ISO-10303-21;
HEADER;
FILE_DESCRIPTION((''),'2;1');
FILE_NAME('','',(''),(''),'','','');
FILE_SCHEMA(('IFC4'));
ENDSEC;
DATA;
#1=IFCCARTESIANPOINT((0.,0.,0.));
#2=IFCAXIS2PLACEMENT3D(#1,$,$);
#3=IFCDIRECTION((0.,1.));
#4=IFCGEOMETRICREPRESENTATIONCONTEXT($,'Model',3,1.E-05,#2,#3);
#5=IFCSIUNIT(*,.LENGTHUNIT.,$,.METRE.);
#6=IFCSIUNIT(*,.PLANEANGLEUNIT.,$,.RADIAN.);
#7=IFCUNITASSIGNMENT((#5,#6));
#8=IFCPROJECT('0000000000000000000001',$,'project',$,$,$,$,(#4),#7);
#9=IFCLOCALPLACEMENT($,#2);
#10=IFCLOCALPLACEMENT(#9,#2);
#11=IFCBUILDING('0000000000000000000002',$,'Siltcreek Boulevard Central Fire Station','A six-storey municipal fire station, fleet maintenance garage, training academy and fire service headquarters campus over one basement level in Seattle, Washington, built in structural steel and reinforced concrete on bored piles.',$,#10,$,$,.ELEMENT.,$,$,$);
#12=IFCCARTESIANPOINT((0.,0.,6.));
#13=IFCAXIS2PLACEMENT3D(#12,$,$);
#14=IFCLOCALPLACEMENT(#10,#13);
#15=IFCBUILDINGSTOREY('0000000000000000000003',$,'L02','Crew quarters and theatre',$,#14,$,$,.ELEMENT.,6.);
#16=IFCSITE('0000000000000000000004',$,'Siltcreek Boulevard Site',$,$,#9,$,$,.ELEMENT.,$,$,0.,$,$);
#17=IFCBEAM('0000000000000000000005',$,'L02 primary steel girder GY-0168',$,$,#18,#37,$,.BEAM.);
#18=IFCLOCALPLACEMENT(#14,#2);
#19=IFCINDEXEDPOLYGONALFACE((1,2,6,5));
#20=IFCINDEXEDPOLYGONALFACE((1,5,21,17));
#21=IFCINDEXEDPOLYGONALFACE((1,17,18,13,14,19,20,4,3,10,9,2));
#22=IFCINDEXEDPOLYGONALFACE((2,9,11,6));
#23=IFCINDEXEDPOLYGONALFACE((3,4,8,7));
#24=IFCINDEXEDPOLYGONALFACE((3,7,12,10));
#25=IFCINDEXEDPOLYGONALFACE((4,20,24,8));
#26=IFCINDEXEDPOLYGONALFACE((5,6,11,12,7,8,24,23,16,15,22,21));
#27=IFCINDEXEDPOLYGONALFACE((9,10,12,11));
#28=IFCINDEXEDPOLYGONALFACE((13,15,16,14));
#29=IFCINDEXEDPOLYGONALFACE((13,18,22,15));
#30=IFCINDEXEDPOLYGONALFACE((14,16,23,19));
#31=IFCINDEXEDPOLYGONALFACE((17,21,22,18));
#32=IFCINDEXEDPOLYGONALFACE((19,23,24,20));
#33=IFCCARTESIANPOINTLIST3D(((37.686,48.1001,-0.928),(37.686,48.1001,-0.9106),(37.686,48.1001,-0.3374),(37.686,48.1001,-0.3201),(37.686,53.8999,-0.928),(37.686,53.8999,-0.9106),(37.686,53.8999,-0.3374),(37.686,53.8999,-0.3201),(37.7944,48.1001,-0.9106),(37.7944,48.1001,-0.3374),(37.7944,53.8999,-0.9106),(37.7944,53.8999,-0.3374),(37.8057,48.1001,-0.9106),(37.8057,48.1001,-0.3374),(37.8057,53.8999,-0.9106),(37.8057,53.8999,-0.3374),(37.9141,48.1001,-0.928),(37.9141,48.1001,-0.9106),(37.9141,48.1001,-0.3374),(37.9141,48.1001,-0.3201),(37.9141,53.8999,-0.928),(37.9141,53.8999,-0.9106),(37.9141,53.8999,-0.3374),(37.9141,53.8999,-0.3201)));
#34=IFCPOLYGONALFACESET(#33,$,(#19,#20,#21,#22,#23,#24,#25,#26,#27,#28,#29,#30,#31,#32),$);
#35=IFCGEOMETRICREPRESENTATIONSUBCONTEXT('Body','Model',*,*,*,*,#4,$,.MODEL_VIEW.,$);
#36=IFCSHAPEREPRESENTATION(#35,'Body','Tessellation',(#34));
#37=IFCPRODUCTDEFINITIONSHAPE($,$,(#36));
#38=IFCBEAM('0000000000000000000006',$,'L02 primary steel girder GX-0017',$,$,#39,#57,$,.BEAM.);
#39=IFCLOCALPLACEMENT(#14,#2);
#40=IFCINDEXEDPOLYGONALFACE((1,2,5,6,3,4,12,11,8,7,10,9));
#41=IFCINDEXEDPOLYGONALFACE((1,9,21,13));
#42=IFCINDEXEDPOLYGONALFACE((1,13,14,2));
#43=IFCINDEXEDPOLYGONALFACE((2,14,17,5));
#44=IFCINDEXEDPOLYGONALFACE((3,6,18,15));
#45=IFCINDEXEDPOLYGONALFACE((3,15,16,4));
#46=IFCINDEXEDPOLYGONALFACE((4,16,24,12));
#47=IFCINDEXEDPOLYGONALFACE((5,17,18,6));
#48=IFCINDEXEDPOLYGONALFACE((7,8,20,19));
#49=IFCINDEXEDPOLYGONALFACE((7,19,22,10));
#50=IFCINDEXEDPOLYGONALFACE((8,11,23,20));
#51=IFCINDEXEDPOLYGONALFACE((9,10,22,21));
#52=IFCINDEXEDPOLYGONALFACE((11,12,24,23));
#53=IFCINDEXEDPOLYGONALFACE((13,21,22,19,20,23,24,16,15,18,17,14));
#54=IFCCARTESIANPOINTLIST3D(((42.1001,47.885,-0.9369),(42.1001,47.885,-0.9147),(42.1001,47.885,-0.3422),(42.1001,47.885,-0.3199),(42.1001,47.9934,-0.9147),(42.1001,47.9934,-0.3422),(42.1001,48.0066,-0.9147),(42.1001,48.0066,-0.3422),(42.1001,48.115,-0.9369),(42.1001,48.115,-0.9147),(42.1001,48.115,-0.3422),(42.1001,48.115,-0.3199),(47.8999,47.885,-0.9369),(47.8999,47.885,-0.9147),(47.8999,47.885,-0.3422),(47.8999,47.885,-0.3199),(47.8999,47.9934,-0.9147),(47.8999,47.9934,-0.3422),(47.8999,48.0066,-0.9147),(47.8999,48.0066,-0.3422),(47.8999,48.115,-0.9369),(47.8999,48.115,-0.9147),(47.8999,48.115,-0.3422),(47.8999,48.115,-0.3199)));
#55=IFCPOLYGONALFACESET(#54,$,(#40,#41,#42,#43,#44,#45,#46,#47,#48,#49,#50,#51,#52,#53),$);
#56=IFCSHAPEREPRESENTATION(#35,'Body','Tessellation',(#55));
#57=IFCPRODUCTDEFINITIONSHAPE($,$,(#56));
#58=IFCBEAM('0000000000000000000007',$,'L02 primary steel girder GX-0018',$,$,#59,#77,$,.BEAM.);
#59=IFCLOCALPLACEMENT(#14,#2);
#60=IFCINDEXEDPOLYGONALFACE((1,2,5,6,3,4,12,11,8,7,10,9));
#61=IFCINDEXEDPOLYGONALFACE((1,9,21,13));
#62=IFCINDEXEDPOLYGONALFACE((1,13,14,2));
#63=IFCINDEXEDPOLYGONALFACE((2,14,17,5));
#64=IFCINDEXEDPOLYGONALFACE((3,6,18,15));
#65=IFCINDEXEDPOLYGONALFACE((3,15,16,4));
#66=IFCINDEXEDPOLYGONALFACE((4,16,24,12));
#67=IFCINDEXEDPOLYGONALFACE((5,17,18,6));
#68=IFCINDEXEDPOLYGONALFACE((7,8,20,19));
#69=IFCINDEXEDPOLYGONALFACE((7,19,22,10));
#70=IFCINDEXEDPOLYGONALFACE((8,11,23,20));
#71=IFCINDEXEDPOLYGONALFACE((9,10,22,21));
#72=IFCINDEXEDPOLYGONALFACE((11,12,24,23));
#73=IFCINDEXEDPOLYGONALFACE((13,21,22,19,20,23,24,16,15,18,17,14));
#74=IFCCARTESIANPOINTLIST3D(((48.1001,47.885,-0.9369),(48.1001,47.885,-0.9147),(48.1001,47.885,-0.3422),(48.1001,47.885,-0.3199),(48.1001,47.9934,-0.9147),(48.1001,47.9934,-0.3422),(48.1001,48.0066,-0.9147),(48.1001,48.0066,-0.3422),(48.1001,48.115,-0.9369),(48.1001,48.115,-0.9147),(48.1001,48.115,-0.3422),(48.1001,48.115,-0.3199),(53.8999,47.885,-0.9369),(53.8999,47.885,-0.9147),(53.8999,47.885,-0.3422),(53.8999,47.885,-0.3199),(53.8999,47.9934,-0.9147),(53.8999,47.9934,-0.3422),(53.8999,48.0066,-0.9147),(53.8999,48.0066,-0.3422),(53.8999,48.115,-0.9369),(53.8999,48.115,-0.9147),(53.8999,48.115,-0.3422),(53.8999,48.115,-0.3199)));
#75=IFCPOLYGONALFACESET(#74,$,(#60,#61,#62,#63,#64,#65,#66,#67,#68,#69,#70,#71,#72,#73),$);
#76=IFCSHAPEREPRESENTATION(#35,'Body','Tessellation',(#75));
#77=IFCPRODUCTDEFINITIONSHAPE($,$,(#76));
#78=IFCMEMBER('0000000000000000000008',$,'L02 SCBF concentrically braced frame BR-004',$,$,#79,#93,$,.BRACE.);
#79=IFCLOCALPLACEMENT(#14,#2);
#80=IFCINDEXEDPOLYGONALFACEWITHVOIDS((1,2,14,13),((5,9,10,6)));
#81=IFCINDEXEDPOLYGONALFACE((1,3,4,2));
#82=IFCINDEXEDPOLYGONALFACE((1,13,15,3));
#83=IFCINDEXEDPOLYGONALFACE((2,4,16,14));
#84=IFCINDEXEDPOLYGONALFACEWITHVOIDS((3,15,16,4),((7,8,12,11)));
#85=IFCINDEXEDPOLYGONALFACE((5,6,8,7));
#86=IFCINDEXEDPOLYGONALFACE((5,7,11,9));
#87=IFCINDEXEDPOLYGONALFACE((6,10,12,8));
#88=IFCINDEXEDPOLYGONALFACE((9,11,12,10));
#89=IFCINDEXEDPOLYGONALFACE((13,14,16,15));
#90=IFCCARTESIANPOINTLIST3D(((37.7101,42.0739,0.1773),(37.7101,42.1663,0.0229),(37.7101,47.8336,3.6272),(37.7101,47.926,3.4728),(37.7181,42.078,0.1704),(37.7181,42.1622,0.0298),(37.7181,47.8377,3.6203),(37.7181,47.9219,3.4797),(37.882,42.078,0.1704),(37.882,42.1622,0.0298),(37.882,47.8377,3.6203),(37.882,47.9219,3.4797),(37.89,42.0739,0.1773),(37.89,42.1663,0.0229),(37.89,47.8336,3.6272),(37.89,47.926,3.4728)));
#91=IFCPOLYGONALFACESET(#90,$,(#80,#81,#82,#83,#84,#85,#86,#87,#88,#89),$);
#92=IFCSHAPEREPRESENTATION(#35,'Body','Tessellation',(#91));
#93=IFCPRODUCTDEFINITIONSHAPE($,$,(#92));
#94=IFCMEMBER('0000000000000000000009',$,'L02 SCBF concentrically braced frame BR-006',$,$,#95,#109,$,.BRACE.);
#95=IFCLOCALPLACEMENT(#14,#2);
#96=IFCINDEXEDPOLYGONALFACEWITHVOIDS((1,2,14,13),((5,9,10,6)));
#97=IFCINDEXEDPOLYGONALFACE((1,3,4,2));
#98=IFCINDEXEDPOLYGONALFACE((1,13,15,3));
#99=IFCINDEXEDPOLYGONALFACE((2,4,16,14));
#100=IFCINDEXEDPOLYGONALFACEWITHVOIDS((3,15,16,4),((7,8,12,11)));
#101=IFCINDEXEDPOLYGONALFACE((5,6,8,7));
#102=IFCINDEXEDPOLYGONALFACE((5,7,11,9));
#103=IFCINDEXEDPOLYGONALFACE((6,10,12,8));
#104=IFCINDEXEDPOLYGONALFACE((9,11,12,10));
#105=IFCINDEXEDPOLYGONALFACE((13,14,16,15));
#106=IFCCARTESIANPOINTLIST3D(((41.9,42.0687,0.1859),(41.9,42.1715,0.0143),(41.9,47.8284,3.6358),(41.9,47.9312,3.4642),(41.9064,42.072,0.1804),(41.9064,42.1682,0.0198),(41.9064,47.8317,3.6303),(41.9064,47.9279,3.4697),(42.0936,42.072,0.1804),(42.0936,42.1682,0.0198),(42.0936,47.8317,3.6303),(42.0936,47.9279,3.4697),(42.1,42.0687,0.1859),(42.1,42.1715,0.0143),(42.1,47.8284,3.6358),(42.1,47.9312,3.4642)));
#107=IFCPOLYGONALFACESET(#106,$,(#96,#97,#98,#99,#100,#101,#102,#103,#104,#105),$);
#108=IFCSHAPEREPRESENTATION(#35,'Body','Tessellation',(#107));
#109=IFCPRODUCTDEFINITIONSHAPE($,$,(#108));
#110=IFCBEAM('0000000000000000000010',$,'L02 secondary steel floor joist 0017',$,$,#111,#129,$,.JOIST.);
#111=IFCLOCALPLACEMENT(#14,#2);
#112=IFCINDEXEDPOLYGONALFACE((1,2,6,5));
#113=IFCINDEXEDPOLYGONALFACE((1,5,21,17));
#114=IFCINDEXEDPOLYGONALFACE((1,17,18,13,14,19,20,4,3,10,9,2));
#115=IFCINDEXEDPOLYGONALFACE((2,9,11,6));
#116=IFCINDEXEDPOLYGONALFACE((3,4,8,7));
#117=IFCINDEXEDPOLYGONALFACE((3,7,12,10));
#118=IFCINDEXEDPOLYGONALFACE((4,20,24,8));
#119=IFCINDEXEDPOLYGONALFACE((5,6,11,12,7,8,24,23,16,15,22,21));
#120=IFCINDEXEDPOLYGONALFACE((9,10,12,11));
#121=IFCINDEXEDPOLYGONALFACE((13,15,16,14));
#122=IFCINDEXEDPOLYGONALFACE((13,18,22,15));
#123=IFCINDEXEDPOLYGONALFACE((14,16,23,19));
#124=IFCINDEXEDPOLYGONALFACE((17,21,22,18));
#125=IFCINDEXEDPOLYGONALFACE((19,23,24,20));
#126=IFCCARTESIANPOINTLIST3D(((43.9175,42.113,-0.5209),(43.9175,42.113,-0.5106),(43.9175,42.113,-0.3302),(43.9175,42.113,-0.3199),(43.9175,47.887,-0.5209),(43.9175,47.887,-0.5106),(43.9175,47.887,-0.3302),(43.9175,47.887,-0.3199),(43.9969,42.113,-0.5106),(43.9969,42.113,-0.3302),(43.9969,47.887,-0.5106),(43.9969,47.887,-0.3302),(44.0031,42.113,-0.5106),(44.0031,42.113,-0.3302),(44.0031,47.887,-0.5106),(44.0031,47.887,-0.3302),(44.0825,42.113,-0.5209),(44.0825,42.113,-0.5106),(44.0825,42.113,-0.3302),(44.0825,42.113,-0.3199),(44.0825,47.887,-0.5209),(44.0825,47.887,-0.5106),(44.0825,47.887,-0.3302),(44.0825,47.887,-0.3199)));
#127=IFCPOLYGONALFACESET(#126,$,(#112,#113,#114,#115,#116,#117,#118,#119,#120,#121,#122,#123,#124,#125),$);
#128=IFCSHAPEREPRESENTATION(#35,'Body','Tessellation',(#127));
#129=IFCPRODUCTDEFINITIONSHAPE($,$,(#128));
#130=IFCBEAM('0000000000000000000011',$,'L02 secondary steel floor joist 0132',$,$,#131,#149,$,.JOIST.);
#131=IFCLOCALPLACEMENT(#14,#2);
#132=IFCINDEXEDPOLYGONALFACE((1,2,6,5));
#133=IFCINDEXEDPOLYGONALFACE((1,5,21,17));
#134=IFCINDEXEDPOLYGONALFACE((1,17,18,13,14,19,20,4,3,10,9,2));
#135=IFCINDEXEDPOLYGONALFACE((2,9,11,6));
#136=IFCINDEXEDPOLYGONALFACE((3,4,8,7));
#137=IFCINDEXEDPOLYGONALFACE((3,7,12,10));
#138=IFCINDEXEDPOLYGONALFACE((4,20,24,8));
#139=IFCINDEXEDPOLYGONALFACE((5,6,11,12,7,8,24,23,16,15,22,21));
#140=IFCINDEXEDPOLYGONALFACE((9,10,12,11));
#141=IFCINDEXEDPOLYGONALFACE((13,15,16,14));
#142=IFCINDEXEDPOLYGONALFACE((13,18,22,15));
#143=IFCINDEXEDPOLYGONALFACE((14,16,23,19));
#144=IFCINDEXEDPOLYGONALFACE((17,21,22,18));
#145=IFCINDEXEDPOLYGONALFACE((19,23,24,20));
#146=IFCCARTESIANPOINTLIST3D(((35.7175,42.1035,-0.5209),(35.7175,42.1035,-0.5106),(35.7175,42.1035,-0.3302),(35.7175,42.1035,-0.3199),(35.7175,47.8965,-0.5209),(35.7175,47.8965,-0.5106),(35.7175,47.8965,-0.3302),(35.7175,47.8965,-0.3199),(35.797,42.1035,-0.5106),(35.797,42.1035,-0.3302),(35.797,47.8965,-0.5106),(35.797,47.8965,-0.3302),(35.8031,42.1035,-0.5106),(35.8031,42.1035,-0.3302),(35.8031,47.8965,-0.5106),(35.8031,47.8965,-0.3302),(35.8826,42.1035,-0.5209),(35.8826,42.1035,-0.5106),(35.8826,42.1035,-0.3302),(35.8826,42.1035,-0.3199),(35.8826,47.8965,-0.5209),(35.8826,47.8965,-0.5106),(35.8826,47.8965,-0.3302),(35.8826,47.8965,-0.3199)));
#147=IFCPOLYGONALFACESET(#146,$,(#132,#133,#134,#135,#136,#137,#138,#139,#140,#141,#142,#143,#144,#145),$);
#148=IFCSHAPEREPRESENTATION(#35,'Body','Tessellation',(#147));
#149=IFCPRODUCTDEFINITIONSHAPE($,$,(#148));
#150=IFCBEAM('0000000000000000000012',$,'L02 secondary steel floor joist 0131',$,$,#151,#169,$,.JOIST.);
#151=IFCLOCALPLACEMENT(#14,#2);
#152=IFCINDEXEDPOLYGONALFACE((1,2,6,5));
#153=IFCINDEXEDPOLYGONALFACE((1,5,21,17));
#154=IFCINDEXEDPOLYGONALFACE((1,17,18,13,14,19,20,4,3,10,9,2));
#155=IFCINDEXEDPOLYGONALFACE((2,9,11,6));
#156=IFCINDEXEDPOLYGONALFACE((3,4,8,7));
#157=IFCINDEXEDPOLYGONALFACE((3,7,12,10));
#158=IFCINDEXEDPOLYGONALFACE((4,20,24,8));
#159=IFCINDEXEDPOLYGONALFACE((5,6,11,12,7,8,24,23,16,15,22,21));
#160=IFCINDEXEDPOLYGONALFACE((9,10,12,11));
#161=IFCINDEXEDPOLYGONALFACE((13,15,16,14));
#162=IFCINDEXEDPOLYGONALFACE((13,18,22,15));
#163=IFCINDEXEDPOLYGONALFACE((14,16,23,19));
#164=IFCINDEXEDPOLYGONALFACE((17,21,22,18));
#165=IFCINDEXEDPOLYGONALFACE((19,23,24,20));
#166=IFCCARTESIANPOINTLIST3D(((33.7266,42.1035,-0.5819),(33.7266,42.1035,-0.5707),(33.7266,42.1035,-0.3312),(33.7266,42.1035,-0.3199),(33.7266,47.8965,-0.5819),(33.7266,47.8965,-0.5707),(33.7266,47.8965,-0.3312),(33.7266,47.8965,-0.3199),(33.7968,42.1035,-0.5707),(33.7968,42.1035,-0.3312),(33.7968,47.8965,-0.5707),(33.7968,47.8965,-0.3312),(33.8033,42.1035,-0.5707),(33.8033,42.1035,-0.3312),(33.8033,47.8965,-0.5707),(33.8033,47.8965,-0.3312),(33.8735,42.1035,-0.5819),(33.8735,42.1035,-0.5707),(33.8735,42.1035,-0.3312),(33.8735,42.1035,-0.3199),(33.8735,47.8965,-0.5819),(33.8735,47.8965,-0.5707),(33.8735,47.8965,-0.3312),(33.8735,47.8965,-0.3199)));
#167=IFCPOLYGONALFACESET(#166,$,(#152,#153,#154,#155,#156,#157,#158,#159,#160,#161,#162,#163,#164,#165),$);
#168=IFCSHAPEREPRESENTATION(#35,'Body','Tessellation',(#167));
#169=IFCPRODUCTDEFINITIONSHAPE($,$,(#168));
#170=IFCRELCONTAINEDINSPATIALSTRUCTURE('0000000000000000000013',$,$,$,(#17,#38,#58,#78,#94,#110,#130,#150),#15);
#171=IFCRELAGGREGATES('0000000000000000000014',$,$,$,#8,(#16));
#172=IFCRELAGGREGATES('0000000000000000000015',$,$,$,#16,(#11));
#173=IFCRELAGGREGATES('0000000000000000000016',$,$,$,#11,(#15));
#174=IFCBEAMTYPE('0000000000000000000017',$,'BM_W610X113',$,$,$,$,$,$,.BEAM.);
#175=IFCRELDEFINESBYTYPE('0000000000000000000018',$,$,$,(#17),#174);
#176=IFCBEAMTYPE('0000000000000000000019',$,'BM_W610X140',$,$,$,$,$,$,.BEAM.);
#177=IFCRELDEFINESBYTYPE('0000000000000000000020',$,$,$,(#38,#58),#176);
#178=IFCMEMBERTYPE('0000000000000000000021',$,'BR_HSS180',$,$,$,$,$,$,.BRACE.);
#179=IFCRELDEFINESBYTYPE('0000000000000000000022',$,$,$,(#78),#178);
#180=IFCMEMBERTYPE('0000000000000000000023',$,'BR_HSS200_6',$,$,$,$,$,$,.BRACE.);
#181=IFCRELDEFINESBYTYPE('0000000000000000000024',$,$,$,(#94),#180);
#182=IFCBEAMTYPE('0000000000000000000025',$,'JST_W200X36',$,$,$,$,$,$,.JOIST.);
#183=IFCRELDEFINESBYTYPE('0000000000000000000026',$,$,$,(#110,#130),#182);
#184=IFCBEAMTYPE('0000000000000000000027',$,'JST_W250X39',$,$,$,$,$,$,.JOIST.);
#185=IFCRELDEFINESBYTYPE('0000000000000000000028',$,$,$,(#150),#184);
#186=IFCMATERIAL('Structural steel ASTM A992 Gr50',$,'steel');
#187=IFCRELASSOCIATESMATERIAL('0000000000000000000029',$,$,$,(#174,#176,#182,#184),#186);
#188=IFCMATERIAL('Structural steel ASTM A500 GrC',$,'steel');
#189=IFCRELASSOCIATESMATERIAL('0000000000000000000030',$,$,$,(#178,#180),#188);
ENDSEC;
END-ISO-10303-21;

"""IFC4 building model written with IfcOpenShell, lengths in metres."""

from ifc_helpers import new_model, si_unit, direction, frame, origin, origin_2d, place, context, subcontext, project, spatial, hollow_rectangle, i_section, extrude, material, material_profile, profile_set, type_object, element, save


model = new_model("IFC4")

# Units and contexts
model_context = context("Model", 3, precision=1e-05, world=origin(), true_north=direction((0.0, 1.0)))
body_context = subcontext(model_context, "Body", "Model", "MODEL_VIEW")
ifc_project = project(units=[si_unit("LENGTHUNIT", "METRE"), si_unit("PLANEANGLEUNIT", "RADIAN")], contexts=[model_context])

# Site, building, storey
site_placement = place(None, origin())
site = spatial("IfcSite", under=ifc_project, at=site_placement, Name="Siltcreek Boulevard Site", CompositionType="ELEMENT", RefElevation=0.0)
building_placement = place(site_placement, origin())
building = spatial("IfcBuilding", under=site, at=building_placement, Name="Siltcreek Boulevard Central Fire Station", Description="A six-storey municipal fire station, fleet maintenance garage, training academy and fire service headquarters campus over one basement level in Seattle, Washington, built in structural steel and reinforced concrete on bored piles.", CompositionType="ELEMENT")
storey_placement = place(building_placement, frame((0.0, 0.0, 6.0)))
storey = spatial("IfcBuildingStorey", under=building, at=storey_placement, Name="L02", Description="Crew quarters and theatre", CompositionType="ELEMENT", Elevation=6.0)

# Shared definitions
ifc_material_1 = material(Name="Structural steel ASTM A992 Gr50", Category="steel")

# Beams
ifc_material_profile_1 = material_profile(ifc_material_1, i_section(OverallWidth=0.228, OverallDepth=0.6079, WebThickness=0.0112, FlangeThickness=0.0173, at=origin_2d()), Name="W610X113")
ifc_profile_set_1 = profile_set([ifc_material_profile_1], Name="Structural steel ASTM A992 Gr50")
beam_type_1 = type_object("IfcBeamType", Name="BM_W610X113", PredefinedType="BEAM", material=ifc_profile_set_1)
for number, where, z_axis, x_axis, name in (
    (1, (37.8, 48.1001, -0.624), (0.0, 1.0, 0.0), (-1.0, 0.0, 0.0), "L02 primary steel girder GY-0168"),
):
    element("IfcBeam", number, at=place(storey_placement, frame(where, z_axis=z_axis, x_axis=x_axis)), inside=storey, type_object=beam_type_1, Name=name, PredefinedType="BEAM", context=body_context, shape_type="SweptSolid", body=[
        extrude(i_section(OverallWidth=0.228, OverallDepth=0.6079, WebThickness=0.0112, FlangeThickness=0.0173, at=origin_2d()), origin(), (0.0, 0.0, 1.0), 5.7998),
    ])
ifc_material_profile_2 = material_profile(ifc_material_1, i_section(OverallWidth=0.23, OverallDepth=0.6169, WebThickness=0.0132, FlangeThickness=0.0222, at=origin_2d()), Name="W610X140")
ifc_profile_set_2 = profile_set([ifc_material_profile_2], Name="Structural steel ASTM A992 Gr50")
beam_type_2 = type_object("IfcBeamType", Name="BM_W610X140", PredefinedType="BEAM", material=ifc_profile_set_2)
for number, where, z_axis, x_axis, name in (
    (2, (42.1001, 48.0, -0.6284), (1.0, 0.0, 0.0), (0.0, 1.0, 0.0), "L02 primary steel girder GX-0017"),
    (3, (48.1001, 48.0, -0.6284), (1.0, 0.0, 0.0), (0.0, 1.0, 0.0), "L02 primary steel girder GX-0018"),
):
    element("IfcBeam", number, at=place(storey_placement, frame(where, z_axis=z_axis, x_axis=x_axis)), inside=storey, type_object=beam_type_2, Name=name, PredefinedType="BEAM", context=body_context, shape_type="SweptSolid", body=[
        extrude(i_section(OverallWidth=0.23, OverallDepth=0.6169, WebThickness=0.0132, FlangeThickness=0.0222, at=origin_2d()), origin(), (0.0, 0.0, 1.0), 5.7998),
    ])

# Members
ifc_material_2 = material(Name="Structural steel ASTM A500 GrC", Category="steel")
ifc_material_profile_3 = material_profile(ifc_material_2, hollow_rectangle(XDim=0.1799, YDim=0.1799, WallThickness=0.0081, at=origin_2d()), Name="HSS180X180X8.0")
ifc_profile_set_3 = profile_set([ifc_material_profile_3], Name="Structural steel ASTM A500 GrC")
member_type_1 = type_object("IfcMemberType", Name="BR_HSS180", PredefinedType="BRACE", material=ifc_profile_set_3)
member_1_placement = place(storey_placement, frame((37.8, 42.1201, 0.1001), z_axis=(0.0, 0.857881, 0.513849), x_axis=(-1.0, 0.0, 0.0)))
element("IfcMember", 4, at=member_1_placement, inside=storey, type_object=member_type_1, Name="L02 SCBF concentrically braced frame BR-004", PredefinedType="BRACE", context=body_context, shape_type="SweptSolid", body=[
    extrude(hollow_rectangle(XDim=0.1799, YDim=0.1799, WallThickness=0.0081, at=origin_2d()), origin(), (0.0, 0.0, 1.0), 6.7139),
])
ifc_material_profile_4 = material_profile(ifc_material_2, hollow_rectangle(XDim=0.2, YDim=0.2, WallThickness=0.0063, at=origin_2d()), Name="HSS200X200X6.4")
ifc_profile_set_4 = profile_set([ifc_material_profile_4], Name="Structural steel ASTM A500 GrC")
member_type_2 = type_object("IfcMemberType", Name="BR_HSS200_6", PredefinedType="BRACE", material=ifc_profile_set_4)
member_2_placement = place(storey_placement, frame((42.0, 42.1201, 0.1001), z_axis=(0.0, 0.857881, 0.513849), x_axis=(-1.0, 0.0, 0.0)))
element("IfcMember", 5, at=member_2_placement, inside=storey, type_object=member_type_2, Name="L02 SCBF concentrically braced frame BR-006", PredefinedType="BRACE", context=body_context, shape_type="SweptSolid", body=[
    extrude(hollow_rectangle(XDim=0.2, YDim=0.2, WallThickness=0.0063, at=origin_2d()), origin(), (0.0, 0.0, 1.0), 6.7139),
])

# Beams
ifc_material_profile_5 = material_profile(ifc_material_1, i_section(OverallWidth=0.165, OverallDepth=0.2009, WebThickness=0.0061, FlangeThickness=0.0103, at=origin_2d()), Name="W200X36")
ifc_profile_set_5 = profile_set([ifc_material_profile_5], Name="Structural steel ASTM A992 Gr50")
beam_type_3 = type_object("IfcBeamType", Name="JST_W200X36", PredefinedType="JOIST", material=ifc_profile_set_5)
beam_1_placement = place(storey_placement, frame((44.0, 42.113, -0.4204), z_axis=(0.0, 1.0, 0.0), x_axis=(-1.0, 0.0, 0.0)))
element("IfcBeam", 6, at=beam_1_placement, inside=storey, type_object=beam_type_3, Name="L02 secondary steel floor joist 0017", PredefinedType="JOIST", context=body_context, shape_type="SweptSolid", body=[
    extrude(i_section(OverallWidth=0.165, OverallDepth=0.2009, WebThickness=0.0061, FlangeThickness=0.0103, at=origin_2d()), origin(), (0.0, 0.0, 1.0), 5.7739),
])
beam_2_placement = place(storey_placement, frame((35.8, 42.1035, -0.4204), z_axis=(0.0, 1.0, 0.0), x_axis=(-1.0, 0.0, 0.0)))
element("IfcBeam", 7, at=beam_2_placement, inside=storey, type_object=beam_type_3, Name="L02 secondary steel floor joist 0132", PredefinedType="JOIST", context=body_context, shape_type="SweptSolid", body=[
    extrude(i_section(OverallWidth=0.165, OverallDepth=0.2009, WebThickness=0.0061, FlangeThickness=0.0103, at=origin_2d()), origin(), (0.0, 0.0, 1.0), 5.793),
])
ifc_material_profile_6 = material_profile(ifc_material_1, i_section(OverallWidth=0.147, OverallDepth=0.262, WebThickness=0.0066, FlangeThickness=0.0112, at=origin_2d()), Name="W250X39")
ifc_profile_set_6 = profile_set([ifc_material_profile_6], Name="Structural steel ASTM A992 Gr50")
beam_type_4 = type_object("IfcBeamType", Name="JST_W250X39", PredefinedType="JOIST", material=ifc_profile_set_6)
beam_3_placement = place(storey_placement, frame((33.8, 42.1035, -0.4509), z_axis=(0.0, 1.0, 0.0), x_axis=(-1.0, 0.0, 0.0)))
element("IfcBeam", 8, at=beam_3_placement, inside=storey, type_object=beam_type_4, Name="L02 secondary steel floor joist 0131", PredefinedType="JOIST", context=body_context, shape_type="SweptSolid", body=[
    extrude(i_section(OverallWidth=0.147, OverallDepth=0.262, WebThickness=0.0066, FlangeThickness=0.0112, at=origin_2d()), origin(), (0.0, 0.0, 1.0), 5.793),
])

save(model, "model.ifc")
